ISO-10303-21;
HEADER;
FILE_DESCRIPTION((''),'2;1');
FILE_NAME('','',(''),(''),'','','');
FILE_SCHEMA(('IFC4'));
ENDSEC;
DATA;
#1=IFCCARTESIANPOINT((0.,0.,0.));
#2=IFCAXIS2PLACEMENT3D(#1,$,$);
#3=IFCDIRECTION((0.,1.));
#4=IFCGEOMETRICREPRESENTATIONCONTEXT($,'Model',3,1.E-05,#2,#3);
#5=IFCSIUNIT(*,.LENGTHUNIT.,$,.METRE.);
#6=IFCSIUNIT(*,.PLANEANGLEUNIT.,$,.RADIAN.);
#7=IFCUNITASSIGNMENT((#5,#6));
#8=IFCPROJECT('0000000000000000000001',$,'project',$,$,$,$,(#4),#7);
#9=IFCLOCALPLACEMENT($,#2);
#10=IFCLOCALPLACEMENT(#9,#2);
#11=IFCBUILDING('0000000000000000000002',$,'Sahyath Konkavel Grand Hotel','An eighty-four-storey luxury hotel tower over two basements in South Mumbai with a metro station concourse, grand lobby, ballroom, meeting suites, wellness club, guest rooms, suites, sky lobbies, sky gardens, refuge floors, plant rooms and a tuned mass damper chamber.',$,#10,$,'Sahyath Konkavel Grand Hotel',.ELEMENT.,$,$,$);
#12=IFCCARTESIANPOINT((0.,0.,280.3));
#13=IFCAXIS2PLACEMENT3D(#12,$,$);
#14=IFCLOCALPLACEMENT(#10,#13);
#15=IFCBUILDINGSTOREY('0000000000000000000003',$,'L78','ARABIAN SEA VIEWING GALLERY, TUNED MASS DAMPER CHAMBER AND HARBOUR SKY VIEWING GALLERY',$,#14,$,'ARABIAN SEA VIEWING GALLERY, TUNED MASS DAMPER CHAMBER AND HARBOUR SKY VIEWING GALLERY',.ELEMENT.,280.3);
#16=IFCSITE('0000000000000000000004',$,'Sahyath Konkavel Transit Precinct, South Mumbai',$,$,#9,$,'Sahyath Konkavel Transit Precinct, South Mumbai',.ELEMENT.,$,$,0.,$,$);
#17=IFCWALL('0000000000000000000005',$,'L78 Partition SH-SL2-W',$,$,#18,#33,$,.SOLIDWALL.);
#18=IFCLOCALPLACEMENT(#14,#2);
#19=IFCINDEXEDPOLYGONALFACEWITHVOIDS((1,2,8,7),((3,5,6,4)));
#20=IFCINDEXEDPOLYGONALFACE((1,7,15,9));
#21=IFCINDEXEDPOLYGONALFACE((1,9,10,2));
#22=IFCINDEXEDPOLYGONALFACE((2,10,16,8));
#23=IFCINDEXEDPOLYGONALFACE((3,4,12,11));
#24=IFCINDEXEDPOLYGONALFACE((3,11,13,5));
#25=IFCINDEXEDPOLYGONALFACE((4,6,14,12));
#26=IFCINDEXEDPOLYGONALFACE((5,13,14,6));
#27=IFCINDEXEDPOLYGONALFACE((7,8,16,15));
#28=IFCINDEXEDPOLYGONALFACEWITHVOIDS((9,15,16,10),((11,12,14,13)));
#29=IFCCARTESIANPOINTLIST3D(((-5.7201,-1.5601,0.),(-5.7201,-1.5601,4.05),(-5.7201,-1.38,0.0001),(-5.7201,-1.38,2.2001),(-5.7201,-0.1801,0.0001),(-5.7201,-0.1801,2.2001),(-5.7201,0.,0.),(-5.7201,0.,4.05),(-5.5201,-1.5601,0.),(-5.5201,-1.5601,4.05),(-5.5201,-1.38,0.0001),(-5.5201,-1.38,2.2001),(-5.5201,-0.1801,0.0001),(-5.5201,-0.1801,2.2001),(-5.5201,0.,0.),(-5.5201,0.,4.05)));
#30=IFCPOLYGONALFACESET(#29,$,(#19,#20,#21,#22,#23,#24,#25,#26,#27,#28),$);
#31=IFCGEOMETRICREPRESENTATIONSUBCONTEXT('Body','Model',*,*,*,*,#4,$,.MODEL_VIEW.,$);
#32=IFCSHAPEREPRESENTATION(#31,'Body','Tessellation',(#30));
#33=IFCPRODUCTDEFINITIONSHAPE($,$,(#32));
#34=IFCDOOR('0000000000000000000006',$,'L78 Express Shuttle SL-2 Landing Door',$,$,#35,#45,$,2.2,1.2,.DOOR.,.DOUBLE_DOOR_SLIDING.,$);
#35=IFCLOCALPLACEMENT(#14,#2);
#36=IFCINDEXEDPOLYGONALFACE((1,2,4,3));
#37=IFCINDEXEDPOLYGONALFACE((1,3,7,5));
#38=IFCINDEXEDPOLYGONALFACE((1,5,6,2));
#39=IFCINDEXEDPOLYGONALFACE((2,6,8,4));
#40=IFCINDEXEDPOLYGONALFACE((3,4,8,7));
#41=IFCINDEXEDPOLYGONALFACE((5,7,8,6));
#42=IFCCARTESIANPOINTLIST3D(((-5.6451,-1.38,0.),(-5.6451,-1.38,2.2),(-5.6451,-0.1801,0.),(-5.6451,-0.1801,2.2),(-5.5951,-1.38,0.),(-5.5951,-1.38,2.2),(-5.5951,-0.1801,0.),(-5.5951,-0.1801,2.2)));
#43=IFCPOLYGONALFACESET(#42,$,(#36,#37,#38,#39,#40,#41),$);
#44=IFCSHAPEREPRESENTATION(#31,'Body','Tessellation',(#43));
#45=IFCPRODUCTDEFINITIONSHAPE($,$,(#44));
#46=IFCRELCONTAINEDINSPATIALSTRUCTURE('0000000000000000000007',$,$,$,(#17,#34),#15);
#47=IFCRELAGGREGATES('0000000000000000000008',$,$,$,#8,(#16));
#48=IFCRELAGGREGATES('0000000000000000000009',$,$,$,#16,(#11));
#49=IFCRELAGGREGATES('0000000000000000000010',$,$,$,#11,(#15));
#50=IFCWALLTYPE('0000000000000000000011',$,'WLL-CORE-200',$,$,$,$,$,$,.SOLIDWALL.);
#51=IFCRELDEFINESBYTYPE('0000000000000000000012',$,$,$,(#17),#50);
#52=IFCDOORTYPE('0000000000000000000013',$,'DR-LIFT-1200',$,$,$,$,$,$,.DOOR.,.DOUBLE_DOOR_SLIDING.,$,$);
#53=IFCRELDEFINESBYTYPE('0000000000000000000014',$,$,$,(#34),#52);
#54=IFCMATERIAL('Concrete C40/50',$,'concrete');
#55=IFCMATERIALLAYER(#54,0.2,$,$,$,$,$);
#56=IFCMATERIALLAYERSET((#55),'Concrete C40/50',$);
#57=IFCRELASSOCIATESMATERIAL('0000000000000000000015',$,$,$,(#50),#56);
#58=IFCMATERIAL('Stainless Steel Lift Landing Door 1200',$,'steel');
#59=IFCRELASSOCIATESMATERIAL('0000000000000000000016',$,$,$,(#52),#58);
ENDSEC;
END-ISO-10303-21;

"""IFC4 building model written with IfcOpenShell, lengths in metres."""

from ifc_helpers import new_model, si_unit, direction, frame, frame_2d, origin, origin_2d, place, context, subcontext, project, spatial, rectangle, extrude, source, transform, mapped, material, layer, layer_set, type_object, element, fill, save


model = new_model("IFC4")

# Units and contexts
model_context = context("Model", 3, precision=1e-05, world=origin(), true_north=direction((0.0, 1.0)))
body_context = subcontext(model_context, "Body", "Model", "MODEL_VIEW")
ifc_project = project(units=[si_unit("LENGTHUNIT", "METRE"), si_unit("PLANEANGLEUNIT", "RADIAN")], contexts=[model_context])

# Site, building, storey
site_placement = place(None, origin())
site = spatial("IfcSite", under=ifc_project, at=site_placement, Name="Sahyath Konkavel Transit Precinct, South Mumbai", LongName="Sahyath Konkavel Transit Precinct, South Mumbai", CompositionType="ELEMENT", RefElevation=0.0)
building_placement = place(site_placement, origin())
building = spatial("IfcBuilding", under=site, at=building_placement, Name="Sahyath Konkavel Grand Hotel", Description="An eighty-four-storey luxury hotel tower over two basements in South Mumbai with a metro station concourse, grand lobby, ballroom, meeting suites, wellness club, guest rooms, suites, sky lobbies, sky gardens, refuge floors, plant rooms and a tuned mass damper chamber.", LongName="Sahyath Konkavel Grand Hotel", CompositionType="ELEMENT")
storey_placement = place(building_placement, frame((0.0, 0.0, 280.3)))
storey = spatial("IfcBuildingStorey", under=building, at=storey_placement, Name="L78", Description="ARABIAN SEA VIEWING GALLERY, TUNED MASS DAMPER CHAMBER AND HARBOUR SKY VIEWING GALLERY", LongName="ARABIAN SEA VIEWING GALLERY, TUNED MASS DAMPER CHAMBER AND HARBOUR SKY VIEWING GALLERY", CompositionType="ELEMENT", Elevation=280.3)

# Shared definitions
ifc_material_1 = material(Name="Concrete C40/50", Category="concrete")

# Shared definitions
ifc_layer_1 = layer(ifc_material_1, 0.2)
ifc_layer_set_1 = layer_set([ifc_layer_1], Name="Concrete C40/50")
wall_type = type_object("IfcWallType", Name="WLL-CORE-200", PredefinedType="SOLIDWALL", material=ifc_layer_set_1)

# Shared definitions
ifc_material_2 = material(Name="Stainless Steel Lift Landing Door 1200", Category="steel")
door_type_1 = type_object("IfcDoorType", Name="DR-LIFT-1200", OperationType="DOUBLE_DOOR_SLIDING", PredefinedType="DOOR", material=ifc_material_2)
shared_shape_1 = source(origin(), body_context, "Body", "SweptSolid", [
    extrude(rectangle(XDim=1.2, YDim=0.05, at=origin_2d()), origin(), (0.0, 0.0, 1.0), 2.2),
])

# Wall, opening, door
wall_1_placement = place(storey_placement, frame((-5.6201, -1.5601, 0.0), z_axis=(0.0, 0.0, 1.0), x_axis=(0.0, 1.0, 0.0)))
wall_1 = element("IfcWall", 1, at=wall_1_placement, inside=storey, type_object=wall_type, Name="L78 Partition SH-SL2-W", PredefinedType="SOLIDWALL", context=body_context, shape_type="SweptSolid", body=[
    extrude(rectangle(XDim=1.5601, YDim=0.2, at=frame_2d((0.78, 0.0))), origin(), (0.0, 0.0, 1.0), 4.05),
])
opening_1_placement = place(wall_1_placement, frame((0.1799, 0.0, 0.0)))
opening_1 = element("IfcOpeningElement", 2, at=opening_1_placement, cuts=wall_1, PredefinedType="OPENING", context=body_context, shape_type="SweptSolid", body=[
    extrude(rectangle(XDim=1.2, YDim=2.2, at=frame_2d((0.6001, 1.1001))), frame((0.0, 0.1099, 0.0), z_axis=(0.0, -1.0, 0.0), x_axis=(1.0, 0.0, 0.0)), (0.0, 0.0, 1.0), 0.22),
])
door_1_placement = place(opening_1_placement, frame((0.6001, 0.0, 0.0)))
door_1 = element("IfcDoor", 3, at=door_1_placement, inside=storey, type_object=door_type_1, Name="L78 Express Shuttle SL-2 Landing Door", OperationType="DOUBLE_DOOR_SLIDING", OverallHeight=2.2, OverallWidth=1.2, PredefinedType="DOOR", context=body_context, shape_type="MappedRepresentation", body=[
    mapped(shared_shape_1, transform((0.0, 0.0, 0.0), scale=1.0)),
])
fill(opening_1, door_1)

save(model, "model.ifc")
